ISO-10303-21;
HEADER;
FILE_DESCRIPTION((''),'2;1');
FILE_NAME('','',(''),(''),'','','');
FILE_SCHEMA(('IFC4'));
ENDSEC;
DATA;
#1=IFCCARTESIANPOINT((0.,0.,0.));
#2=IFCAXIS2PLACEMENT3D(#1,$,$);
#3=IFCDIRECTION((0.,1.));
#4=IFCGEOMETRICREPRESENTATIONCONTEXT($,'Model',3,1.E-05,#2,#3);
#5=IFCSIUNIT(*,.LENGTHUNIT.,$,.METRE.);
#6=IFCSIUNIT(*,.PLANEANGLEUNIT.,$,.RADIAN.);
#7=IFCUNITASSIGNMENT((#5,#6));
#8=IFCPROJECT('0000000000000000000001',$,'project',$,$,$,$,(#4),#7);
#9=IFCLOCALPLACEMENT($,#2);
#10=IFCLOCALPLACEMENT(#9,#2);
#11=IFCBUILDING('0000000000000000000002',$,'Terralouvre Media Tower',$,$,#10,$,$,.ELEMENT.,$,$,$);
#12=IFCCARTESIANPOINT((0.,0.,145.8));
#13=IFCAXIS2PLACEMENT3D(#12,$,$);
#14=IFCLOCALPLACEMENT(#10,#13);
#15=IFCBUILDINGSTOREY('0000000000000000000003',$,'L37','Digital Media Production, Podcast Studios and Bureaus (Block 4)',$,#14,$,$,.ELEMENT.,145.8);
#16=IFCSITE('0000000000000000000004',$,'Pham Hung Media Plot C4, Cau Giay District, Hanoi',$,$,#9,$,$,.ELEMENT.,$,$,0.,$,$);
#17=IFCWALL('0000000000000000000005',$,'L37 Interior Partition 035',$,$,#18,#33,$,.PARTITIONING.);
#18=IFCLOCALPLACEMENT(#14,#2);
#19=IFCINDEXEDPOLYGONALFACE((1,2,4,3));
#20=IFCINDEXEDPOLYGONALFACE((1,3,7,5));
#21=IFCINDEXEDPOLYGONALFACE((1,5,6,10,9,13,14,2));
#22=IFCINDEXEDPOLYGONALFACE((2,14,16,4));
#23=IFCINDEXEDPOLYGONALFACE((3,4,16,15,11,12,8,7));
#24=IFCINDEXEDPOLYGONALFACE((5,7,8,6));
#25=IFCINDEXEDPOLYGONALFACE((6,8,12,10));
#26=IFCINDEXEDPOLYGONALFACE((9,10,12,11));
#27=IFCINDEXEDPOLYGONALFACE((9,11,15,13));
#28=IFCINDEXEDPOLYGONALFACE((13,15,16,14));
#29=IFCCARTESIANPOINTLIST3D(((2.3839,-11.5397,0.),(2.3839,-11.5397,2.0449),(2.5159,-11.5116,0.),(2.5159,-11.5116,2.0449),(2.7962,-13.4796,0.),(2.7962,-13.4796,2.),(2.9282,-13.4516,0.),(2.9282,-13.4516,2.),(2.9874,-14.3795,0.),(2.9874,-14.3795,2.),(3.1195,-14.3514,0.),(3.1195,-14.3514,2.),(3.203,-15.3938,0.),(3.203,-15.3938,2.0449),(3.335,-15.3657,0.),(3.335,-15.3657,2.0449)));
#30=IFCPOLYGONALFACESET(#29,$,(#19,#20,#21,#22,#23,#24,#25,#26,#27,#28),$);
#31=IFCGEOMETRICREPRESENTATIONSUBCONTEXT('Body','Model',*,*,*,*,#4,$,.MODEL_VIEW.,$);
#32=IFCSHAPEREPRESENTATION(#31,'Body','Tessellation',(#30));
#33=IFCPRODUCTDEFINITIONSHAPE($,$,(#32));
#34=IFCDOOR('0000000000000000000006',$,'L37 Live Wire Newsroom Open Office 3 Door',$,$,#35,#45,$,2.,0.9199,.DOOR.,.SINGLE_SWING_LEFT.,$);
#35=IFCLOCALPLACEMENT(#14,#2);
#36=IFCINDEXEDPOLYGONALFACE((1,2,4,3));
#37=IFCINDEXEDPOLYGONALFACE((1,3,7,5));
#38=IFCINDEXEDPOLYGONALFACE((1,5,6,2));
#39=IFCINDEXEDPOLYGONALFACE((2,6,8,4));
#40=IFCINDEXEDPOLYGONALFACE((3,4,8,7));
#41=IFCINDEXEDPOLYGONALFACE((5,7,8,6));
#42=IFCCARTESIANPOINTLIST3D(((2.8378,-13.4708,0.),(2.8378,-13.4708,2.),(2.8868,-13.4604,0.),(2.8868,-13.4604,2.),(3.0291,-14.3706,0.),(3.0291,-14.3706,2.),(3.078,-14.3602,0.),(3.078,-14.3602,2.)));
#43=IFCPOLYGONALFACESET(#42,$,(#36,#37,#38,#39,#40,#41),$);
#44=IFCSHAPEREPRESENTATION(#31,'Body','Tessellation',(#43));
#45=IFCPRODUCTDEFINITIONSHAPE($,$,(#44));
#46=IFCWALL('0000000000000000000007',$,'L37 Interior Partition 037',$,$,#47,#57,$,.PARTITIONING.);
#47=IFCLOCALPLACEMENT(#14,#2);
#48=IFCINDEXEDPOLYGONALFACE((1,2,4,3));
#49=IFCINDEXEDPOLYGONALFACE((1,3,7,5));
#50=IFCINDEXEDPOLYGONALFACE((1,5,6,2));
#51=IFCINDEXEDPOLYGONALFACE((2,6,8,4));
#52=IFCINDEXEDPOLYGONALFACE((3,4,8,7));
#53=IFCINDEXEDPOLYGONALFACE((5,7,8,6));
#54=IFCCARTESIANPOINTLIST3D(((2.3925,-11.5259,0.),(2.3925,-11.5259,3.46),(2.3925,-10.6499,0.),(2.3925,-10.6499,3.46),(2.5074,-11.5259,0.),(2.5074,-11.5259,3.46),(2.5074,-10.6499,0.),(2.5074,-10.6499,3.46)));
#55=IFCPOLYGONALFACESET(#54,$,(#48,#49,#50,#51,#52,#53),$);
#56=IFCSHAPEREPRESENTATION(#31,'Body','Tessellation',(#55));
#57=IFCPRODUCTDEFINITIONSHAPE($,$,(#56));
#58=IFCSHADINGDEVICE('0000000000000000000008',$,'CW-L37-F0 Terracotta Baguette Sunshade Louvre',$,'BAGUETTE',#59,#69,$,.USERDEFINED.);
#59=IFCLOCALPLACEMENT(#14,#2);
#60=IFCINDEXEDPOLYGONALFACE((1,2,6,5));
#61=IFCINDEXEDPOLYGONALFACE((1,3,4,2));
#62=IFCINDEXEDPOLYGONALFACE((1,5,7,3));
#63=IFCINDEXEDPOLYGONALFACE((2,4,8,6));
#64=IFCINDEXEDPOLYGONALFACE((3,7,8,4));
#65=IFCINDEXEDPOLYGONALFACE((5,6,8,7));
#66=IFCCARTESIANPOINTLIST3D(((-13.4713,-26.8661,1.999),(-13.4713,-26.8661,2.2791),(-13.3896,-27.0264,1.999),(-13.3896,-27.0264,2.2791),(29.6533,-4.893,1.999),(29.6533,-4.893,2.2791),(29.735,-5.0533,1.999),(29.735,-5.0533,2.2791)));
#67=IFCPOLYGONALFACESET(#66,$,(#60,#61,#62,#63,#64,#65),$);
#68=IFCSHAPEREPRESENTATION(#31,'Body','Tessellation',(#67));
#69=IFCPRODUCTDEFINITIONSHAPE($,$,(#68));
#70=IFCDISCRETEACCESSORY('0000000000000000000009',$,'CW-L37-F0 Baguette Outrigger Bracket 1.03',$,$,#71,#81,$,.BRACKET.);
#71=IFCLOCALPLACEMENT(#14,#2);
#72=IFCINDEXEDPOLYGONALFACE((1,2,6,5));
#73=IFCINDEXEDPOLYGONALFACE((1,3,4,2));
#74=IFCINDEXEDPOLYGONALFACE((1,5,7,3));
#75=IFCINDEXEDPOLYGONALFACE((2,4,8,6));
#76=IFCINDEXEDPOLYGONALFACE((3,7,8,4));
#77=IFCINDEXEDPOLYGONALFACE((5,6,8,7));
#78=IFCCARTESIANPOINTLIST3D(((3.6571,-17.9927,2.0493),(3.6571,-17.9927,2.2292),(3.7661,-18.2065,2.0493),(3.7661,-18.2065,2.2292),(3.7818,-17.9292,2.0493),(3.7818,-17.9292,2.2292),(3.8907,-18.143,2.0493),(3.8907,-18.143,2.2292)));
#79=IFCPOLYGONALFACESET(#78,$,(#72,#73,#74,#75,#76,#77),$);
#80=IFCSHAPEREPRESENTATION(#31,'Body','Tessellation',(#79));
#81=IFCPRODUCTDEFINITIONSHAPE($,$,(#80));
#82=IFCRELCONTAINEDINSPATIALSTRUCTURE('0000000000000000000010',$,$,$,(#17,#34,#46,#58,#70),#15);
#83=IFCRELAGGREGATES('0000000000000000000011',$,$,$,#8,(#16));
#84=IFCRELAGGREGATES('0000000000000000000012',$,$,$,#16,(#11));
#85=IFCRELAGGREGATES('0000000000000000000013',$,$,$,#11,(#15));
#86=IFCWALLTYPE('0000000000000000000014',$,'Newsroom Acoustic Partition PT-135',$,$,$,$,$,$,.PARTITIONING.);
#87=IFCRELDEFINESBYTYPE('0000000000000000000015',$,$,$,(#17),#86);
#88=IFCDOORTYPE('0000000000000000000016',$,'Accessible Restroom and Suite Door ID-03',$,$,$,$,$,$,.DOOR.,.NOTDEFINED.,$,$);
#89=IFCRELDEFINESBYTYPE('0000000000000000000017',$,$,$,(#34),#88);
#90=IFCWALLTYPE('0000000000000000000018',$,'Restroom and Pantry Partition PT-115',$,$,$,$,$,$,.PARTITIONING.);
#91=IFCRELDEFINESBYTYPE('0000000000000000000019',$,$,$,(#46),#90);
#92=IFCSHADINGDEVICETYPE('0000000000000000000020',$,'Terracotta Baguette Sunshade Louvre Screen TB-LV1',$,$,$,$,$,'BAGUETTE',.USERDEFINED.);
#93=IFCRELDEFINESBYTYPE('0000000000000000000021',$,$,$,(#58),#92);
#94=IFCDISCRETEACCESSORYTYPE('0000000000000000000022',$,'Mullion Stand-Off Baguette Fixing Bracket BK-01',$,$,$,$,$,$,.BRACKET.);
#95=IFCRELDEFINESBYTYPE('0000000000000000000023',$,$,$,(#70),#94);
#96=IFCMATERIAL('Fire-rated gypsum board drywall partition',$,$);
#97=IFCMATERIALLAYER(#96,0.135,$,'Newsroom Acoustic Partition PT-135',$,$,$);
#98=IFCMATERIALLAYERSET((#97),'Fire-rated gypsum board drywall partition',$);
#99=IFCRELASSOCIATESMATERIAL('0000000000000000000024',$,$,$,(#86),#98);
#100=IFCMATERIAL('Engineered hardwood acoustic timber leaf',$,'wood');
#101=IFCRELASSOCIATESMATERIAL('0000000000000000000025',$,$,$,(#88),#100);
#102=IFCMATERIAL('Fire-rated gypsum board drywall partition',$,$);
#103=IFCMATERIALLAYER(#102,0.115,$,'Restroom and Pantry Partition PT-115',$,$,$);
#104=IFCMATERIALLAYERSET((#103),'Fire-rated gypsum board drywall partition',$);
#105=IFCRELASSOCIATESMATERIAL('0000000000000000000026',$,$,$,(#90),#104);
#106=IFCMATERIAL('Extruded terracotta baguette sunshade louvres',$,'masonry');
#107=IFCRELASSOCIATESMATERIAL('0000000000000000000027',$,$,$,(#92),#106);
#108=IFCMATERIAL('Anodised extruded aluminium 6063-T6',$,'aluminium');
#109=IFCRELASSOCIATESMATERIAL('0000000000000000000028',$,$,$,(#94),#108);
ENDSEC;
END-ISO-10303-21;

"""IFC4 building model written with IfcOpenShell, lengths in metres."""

from ifc_helpers import new_model, si_unit, direction, frame, frame_2d, origin, origin_2d, place, context, subcontext, project, spatial, rectangle, extrude, material, layer, layer_set, type_object, element, fill, save


model = new_model("IFC4")

# Units and contexts
model_context = context("Model", 3, precision=1e-05, world=origin(), true_north=direction((0.0, 1.0)))
body_context = subcontext(model_context, "Body", "Model", "MODEL_VIEW")
ifc_project = project(units=[si_unit("LENGTHUNIT", "METRE"), si_unit("PLANEANGLEUNIT", "RADIAN")], contexts=[model_context])

# Site, building, storey
site_placement = place(None, origin())
site = spatial("IfcSite", under=ifc_project, at=site_placement, Name="Pham Hung Media Plot C4, Cau Giay District, Hanoi", CompositionType="ELEMENT", RefElevation=0.0)
building_placement = place(site_placement, origin())
building = spatial("IfcBuilding", under=site, at=building_placement, Name="Terralouvre Media Tower", CompositionType="ELEMENT")
storey_placement = place(building_placement, frame((0.0, 0.0, 145.8)))
storey = spatial("IfcBuildingStorey", under=building, at=storey_placement, Name="L37", Description="Digital Media Production, Podcast Studios and Bureaus (Block 4)", CompositionType="ELEMENT", Elevation=145.8)

# Shared definitions
ifc_material_1 = material(Name="Fire-rated gypsum board drywall partition")
ifc_layer_1 = layer(ifc_material_1, 0.135, Name="Newsroom Acoustic Partition PT-135")
ifc_layer_set_1 = layer_set([ifc_layer_1], Name="Fire-rated gypsum board drywall partition")
wall_type_1 = type_object("IfcWallType", Name="Newsroom Acoustic Partition PT-135", PredefinedType="PARTITIONING", material=ifc_layer_set_1)

# Wall, opening, door
wall_1_placement = place(storey_placement, frame((3.269, -15.3799, 0.0), z_axis=(0.0, 0.0, 1.0), x_axis=(-0.207887, 0.978153, 0.0)))
wall_1 = element("IfcWall", 1, at=wall_1_placement, inside=storey, type_object=wall_type_1, Name="L37 Interior Partition 035", PredefinedType="PARTITIONING", context=body_context, shape_type="SweptSolid", body=[
    extrude(rectangle(XDim=3.9402, YDim=0.135, at=frame_2d((1.9702, 0.0))), origin(), (0.0, 0.0, 1.0), 2.0449),
])
opening_placement = place(wall_1_placement, frame((1.0371, 0.0, 0.0)))
opening = element("IfcOpeningElement", 2, at=opening_placement, cuts=wall_1, PredefinedType="OPENING", context=body_context, shape_type="SweptSolid", body=[
    extrude(rectangle(XDim=0.9199, YDim=2.0, at=frame_2d((0.46, 1.0))), frame((0.0, 0.0774, 0.0), z_axis=(0.0, -1.0, 0.0), x_axis=(1.0, 0.0, 0.0)), (0.0, 0.0, 1.0), 0.155),
])
ifc_material_2 = material(Name="Engineered hardwood acoustic timber leaf", Category="wood")
door_type = type_object("IfcDoorType", Name="Accessible Restroom and Suite Door ID-03", OperationType="NOTDEFINED", PredefinedType="DOOR", material=ifc_material_2)
door_placement = place(opening_placement, origin())
door = element("IfcDoor", 3, at=door_placement, inside=storey, type_object=door_type, Name="L37 Live Wire Newsroom Open Office 3 Door", OperationType="SINGLE_SWING_LEFT", OverallHeight=2.0, OverallWidth=0.9199, PredefinedType="DOOR", context=body_context, shape_type="SweptSolid", body=[
    extrude(rectangle(XDim=0.9199, YDim=2.0, at=frame_2d((0.46, 1.0))), frame((0.0, 0.0249, 0.0), z_axis=(0.0, -1.0, 0.0), x_axis=(1.0, 0.0, 0.0)), (0.0, 0.0, 1.0), 0.05),
])
fill(opening, door)

# Wall
ifc_material_3 = material(Name="Fire-rated gypsum board drywall partition")
ifc_layer_2 = layer(ifc_material_3, 0.115, Name="Restroom and Pantry Partition PT-115")
ifc_layer_set_2 = layer_set([ifc_layer_2], Name="Fire-rated gypsum board drywall partition")
wall_type_2 = type_object("IfcWallType", Name="Restroom and Pantry Partition PT-115", PredefinedType="PARTITIONING", material=ifc_layer_set_2)
wall_2_placement = place(storey_placement, frame((2.45, -11.5259, 0.0), z_axis=(0.0, 0.0, 1.0), x_axis=(0.0, 1.0, 0.0)))
element("IfcWall", 4, at=wall_2_placement, inside=storey, type_object=wall_type_2, Name="L37 Interior Partition 037", PredefinedType="PARTITIONING", context=body_context, shape_type="SweptSolid", body=[
    extrude(rectangle(XDim=0.876, YDim=0.115, at=frame_2d((0.438, 0.0))), origin(), (0.0, 0.0, 1.0), 3.46),
])

# Shading device
ifc_material_4 = material(Name="Extruded terracotta baguette sunshade louvres", Category="masonry")
shading_device_type = type_object("IfcShadingDeviceType", Name="Terracotta Baguette Sunshade Louvre Screen TB-LV1", ElementType="BAGUETTE", PredefinedType="USERDEFINED", material=ifc_material_4)
shading_device_placement = place(storey_placement, frame((8.1318, -15.9597, 1.999), z_axis=(0.0, 0.0, 1.0), x_axis=(0.891007, 0.453991, 0.0)))
element("IfcShadingDevice", 5, at=shading_device_placement, inside=storey, type_object=shading_device_type, Name="CW-L37-F0 Terracotta Baguette Sunshade Louvre", ObjectType="BAGUETTE", PredefinedType="USERDEFINED", context=body_context, shape_type="SweptSolid", body=[
    extrude(rectangle(XDim=48.3999, YDim=0.1799, at=origin_2d()), origin(), (0.0, 0.0, 1.0), 0.28),
])

# Discrete accessory
ifc_material_5 = material(Name="Anodised extruded aluminium 6063-T6", Category="aluminium")
discrete_accessory_type = type_object("IfcDiscreteAccessoryType", Name="Mullion Stand-Off Baguette Fixing Bracket BK-01", PredefinedType="BRACKET", material=ifc_material_5)
discrete_accessory_placement = place(storey_placement, frame((3.7739, -18.0679, 2.0493), z_axis=(0.0, 0.0, 1.0), x_axis=(0.891007, 0.453991, 0.0)))
element("IfcDiscreteAccessory", 6, at=discrete_accessory_placement, inside=storey, type_object=discrete_accessory_type, Name="CW-L37-F0 Baguette Outrigger Bracket 1.03", PredefinedType="BRACKET", context=body_context, shape_type="SweptSolid", body=[
    extrude(rectangle(XDim=0.1399, YDim=0.24, at=origin_2d()), origin(), (0.0, 0.0, 1.0), 0.1799),
])

save(model, "model.ifc")
